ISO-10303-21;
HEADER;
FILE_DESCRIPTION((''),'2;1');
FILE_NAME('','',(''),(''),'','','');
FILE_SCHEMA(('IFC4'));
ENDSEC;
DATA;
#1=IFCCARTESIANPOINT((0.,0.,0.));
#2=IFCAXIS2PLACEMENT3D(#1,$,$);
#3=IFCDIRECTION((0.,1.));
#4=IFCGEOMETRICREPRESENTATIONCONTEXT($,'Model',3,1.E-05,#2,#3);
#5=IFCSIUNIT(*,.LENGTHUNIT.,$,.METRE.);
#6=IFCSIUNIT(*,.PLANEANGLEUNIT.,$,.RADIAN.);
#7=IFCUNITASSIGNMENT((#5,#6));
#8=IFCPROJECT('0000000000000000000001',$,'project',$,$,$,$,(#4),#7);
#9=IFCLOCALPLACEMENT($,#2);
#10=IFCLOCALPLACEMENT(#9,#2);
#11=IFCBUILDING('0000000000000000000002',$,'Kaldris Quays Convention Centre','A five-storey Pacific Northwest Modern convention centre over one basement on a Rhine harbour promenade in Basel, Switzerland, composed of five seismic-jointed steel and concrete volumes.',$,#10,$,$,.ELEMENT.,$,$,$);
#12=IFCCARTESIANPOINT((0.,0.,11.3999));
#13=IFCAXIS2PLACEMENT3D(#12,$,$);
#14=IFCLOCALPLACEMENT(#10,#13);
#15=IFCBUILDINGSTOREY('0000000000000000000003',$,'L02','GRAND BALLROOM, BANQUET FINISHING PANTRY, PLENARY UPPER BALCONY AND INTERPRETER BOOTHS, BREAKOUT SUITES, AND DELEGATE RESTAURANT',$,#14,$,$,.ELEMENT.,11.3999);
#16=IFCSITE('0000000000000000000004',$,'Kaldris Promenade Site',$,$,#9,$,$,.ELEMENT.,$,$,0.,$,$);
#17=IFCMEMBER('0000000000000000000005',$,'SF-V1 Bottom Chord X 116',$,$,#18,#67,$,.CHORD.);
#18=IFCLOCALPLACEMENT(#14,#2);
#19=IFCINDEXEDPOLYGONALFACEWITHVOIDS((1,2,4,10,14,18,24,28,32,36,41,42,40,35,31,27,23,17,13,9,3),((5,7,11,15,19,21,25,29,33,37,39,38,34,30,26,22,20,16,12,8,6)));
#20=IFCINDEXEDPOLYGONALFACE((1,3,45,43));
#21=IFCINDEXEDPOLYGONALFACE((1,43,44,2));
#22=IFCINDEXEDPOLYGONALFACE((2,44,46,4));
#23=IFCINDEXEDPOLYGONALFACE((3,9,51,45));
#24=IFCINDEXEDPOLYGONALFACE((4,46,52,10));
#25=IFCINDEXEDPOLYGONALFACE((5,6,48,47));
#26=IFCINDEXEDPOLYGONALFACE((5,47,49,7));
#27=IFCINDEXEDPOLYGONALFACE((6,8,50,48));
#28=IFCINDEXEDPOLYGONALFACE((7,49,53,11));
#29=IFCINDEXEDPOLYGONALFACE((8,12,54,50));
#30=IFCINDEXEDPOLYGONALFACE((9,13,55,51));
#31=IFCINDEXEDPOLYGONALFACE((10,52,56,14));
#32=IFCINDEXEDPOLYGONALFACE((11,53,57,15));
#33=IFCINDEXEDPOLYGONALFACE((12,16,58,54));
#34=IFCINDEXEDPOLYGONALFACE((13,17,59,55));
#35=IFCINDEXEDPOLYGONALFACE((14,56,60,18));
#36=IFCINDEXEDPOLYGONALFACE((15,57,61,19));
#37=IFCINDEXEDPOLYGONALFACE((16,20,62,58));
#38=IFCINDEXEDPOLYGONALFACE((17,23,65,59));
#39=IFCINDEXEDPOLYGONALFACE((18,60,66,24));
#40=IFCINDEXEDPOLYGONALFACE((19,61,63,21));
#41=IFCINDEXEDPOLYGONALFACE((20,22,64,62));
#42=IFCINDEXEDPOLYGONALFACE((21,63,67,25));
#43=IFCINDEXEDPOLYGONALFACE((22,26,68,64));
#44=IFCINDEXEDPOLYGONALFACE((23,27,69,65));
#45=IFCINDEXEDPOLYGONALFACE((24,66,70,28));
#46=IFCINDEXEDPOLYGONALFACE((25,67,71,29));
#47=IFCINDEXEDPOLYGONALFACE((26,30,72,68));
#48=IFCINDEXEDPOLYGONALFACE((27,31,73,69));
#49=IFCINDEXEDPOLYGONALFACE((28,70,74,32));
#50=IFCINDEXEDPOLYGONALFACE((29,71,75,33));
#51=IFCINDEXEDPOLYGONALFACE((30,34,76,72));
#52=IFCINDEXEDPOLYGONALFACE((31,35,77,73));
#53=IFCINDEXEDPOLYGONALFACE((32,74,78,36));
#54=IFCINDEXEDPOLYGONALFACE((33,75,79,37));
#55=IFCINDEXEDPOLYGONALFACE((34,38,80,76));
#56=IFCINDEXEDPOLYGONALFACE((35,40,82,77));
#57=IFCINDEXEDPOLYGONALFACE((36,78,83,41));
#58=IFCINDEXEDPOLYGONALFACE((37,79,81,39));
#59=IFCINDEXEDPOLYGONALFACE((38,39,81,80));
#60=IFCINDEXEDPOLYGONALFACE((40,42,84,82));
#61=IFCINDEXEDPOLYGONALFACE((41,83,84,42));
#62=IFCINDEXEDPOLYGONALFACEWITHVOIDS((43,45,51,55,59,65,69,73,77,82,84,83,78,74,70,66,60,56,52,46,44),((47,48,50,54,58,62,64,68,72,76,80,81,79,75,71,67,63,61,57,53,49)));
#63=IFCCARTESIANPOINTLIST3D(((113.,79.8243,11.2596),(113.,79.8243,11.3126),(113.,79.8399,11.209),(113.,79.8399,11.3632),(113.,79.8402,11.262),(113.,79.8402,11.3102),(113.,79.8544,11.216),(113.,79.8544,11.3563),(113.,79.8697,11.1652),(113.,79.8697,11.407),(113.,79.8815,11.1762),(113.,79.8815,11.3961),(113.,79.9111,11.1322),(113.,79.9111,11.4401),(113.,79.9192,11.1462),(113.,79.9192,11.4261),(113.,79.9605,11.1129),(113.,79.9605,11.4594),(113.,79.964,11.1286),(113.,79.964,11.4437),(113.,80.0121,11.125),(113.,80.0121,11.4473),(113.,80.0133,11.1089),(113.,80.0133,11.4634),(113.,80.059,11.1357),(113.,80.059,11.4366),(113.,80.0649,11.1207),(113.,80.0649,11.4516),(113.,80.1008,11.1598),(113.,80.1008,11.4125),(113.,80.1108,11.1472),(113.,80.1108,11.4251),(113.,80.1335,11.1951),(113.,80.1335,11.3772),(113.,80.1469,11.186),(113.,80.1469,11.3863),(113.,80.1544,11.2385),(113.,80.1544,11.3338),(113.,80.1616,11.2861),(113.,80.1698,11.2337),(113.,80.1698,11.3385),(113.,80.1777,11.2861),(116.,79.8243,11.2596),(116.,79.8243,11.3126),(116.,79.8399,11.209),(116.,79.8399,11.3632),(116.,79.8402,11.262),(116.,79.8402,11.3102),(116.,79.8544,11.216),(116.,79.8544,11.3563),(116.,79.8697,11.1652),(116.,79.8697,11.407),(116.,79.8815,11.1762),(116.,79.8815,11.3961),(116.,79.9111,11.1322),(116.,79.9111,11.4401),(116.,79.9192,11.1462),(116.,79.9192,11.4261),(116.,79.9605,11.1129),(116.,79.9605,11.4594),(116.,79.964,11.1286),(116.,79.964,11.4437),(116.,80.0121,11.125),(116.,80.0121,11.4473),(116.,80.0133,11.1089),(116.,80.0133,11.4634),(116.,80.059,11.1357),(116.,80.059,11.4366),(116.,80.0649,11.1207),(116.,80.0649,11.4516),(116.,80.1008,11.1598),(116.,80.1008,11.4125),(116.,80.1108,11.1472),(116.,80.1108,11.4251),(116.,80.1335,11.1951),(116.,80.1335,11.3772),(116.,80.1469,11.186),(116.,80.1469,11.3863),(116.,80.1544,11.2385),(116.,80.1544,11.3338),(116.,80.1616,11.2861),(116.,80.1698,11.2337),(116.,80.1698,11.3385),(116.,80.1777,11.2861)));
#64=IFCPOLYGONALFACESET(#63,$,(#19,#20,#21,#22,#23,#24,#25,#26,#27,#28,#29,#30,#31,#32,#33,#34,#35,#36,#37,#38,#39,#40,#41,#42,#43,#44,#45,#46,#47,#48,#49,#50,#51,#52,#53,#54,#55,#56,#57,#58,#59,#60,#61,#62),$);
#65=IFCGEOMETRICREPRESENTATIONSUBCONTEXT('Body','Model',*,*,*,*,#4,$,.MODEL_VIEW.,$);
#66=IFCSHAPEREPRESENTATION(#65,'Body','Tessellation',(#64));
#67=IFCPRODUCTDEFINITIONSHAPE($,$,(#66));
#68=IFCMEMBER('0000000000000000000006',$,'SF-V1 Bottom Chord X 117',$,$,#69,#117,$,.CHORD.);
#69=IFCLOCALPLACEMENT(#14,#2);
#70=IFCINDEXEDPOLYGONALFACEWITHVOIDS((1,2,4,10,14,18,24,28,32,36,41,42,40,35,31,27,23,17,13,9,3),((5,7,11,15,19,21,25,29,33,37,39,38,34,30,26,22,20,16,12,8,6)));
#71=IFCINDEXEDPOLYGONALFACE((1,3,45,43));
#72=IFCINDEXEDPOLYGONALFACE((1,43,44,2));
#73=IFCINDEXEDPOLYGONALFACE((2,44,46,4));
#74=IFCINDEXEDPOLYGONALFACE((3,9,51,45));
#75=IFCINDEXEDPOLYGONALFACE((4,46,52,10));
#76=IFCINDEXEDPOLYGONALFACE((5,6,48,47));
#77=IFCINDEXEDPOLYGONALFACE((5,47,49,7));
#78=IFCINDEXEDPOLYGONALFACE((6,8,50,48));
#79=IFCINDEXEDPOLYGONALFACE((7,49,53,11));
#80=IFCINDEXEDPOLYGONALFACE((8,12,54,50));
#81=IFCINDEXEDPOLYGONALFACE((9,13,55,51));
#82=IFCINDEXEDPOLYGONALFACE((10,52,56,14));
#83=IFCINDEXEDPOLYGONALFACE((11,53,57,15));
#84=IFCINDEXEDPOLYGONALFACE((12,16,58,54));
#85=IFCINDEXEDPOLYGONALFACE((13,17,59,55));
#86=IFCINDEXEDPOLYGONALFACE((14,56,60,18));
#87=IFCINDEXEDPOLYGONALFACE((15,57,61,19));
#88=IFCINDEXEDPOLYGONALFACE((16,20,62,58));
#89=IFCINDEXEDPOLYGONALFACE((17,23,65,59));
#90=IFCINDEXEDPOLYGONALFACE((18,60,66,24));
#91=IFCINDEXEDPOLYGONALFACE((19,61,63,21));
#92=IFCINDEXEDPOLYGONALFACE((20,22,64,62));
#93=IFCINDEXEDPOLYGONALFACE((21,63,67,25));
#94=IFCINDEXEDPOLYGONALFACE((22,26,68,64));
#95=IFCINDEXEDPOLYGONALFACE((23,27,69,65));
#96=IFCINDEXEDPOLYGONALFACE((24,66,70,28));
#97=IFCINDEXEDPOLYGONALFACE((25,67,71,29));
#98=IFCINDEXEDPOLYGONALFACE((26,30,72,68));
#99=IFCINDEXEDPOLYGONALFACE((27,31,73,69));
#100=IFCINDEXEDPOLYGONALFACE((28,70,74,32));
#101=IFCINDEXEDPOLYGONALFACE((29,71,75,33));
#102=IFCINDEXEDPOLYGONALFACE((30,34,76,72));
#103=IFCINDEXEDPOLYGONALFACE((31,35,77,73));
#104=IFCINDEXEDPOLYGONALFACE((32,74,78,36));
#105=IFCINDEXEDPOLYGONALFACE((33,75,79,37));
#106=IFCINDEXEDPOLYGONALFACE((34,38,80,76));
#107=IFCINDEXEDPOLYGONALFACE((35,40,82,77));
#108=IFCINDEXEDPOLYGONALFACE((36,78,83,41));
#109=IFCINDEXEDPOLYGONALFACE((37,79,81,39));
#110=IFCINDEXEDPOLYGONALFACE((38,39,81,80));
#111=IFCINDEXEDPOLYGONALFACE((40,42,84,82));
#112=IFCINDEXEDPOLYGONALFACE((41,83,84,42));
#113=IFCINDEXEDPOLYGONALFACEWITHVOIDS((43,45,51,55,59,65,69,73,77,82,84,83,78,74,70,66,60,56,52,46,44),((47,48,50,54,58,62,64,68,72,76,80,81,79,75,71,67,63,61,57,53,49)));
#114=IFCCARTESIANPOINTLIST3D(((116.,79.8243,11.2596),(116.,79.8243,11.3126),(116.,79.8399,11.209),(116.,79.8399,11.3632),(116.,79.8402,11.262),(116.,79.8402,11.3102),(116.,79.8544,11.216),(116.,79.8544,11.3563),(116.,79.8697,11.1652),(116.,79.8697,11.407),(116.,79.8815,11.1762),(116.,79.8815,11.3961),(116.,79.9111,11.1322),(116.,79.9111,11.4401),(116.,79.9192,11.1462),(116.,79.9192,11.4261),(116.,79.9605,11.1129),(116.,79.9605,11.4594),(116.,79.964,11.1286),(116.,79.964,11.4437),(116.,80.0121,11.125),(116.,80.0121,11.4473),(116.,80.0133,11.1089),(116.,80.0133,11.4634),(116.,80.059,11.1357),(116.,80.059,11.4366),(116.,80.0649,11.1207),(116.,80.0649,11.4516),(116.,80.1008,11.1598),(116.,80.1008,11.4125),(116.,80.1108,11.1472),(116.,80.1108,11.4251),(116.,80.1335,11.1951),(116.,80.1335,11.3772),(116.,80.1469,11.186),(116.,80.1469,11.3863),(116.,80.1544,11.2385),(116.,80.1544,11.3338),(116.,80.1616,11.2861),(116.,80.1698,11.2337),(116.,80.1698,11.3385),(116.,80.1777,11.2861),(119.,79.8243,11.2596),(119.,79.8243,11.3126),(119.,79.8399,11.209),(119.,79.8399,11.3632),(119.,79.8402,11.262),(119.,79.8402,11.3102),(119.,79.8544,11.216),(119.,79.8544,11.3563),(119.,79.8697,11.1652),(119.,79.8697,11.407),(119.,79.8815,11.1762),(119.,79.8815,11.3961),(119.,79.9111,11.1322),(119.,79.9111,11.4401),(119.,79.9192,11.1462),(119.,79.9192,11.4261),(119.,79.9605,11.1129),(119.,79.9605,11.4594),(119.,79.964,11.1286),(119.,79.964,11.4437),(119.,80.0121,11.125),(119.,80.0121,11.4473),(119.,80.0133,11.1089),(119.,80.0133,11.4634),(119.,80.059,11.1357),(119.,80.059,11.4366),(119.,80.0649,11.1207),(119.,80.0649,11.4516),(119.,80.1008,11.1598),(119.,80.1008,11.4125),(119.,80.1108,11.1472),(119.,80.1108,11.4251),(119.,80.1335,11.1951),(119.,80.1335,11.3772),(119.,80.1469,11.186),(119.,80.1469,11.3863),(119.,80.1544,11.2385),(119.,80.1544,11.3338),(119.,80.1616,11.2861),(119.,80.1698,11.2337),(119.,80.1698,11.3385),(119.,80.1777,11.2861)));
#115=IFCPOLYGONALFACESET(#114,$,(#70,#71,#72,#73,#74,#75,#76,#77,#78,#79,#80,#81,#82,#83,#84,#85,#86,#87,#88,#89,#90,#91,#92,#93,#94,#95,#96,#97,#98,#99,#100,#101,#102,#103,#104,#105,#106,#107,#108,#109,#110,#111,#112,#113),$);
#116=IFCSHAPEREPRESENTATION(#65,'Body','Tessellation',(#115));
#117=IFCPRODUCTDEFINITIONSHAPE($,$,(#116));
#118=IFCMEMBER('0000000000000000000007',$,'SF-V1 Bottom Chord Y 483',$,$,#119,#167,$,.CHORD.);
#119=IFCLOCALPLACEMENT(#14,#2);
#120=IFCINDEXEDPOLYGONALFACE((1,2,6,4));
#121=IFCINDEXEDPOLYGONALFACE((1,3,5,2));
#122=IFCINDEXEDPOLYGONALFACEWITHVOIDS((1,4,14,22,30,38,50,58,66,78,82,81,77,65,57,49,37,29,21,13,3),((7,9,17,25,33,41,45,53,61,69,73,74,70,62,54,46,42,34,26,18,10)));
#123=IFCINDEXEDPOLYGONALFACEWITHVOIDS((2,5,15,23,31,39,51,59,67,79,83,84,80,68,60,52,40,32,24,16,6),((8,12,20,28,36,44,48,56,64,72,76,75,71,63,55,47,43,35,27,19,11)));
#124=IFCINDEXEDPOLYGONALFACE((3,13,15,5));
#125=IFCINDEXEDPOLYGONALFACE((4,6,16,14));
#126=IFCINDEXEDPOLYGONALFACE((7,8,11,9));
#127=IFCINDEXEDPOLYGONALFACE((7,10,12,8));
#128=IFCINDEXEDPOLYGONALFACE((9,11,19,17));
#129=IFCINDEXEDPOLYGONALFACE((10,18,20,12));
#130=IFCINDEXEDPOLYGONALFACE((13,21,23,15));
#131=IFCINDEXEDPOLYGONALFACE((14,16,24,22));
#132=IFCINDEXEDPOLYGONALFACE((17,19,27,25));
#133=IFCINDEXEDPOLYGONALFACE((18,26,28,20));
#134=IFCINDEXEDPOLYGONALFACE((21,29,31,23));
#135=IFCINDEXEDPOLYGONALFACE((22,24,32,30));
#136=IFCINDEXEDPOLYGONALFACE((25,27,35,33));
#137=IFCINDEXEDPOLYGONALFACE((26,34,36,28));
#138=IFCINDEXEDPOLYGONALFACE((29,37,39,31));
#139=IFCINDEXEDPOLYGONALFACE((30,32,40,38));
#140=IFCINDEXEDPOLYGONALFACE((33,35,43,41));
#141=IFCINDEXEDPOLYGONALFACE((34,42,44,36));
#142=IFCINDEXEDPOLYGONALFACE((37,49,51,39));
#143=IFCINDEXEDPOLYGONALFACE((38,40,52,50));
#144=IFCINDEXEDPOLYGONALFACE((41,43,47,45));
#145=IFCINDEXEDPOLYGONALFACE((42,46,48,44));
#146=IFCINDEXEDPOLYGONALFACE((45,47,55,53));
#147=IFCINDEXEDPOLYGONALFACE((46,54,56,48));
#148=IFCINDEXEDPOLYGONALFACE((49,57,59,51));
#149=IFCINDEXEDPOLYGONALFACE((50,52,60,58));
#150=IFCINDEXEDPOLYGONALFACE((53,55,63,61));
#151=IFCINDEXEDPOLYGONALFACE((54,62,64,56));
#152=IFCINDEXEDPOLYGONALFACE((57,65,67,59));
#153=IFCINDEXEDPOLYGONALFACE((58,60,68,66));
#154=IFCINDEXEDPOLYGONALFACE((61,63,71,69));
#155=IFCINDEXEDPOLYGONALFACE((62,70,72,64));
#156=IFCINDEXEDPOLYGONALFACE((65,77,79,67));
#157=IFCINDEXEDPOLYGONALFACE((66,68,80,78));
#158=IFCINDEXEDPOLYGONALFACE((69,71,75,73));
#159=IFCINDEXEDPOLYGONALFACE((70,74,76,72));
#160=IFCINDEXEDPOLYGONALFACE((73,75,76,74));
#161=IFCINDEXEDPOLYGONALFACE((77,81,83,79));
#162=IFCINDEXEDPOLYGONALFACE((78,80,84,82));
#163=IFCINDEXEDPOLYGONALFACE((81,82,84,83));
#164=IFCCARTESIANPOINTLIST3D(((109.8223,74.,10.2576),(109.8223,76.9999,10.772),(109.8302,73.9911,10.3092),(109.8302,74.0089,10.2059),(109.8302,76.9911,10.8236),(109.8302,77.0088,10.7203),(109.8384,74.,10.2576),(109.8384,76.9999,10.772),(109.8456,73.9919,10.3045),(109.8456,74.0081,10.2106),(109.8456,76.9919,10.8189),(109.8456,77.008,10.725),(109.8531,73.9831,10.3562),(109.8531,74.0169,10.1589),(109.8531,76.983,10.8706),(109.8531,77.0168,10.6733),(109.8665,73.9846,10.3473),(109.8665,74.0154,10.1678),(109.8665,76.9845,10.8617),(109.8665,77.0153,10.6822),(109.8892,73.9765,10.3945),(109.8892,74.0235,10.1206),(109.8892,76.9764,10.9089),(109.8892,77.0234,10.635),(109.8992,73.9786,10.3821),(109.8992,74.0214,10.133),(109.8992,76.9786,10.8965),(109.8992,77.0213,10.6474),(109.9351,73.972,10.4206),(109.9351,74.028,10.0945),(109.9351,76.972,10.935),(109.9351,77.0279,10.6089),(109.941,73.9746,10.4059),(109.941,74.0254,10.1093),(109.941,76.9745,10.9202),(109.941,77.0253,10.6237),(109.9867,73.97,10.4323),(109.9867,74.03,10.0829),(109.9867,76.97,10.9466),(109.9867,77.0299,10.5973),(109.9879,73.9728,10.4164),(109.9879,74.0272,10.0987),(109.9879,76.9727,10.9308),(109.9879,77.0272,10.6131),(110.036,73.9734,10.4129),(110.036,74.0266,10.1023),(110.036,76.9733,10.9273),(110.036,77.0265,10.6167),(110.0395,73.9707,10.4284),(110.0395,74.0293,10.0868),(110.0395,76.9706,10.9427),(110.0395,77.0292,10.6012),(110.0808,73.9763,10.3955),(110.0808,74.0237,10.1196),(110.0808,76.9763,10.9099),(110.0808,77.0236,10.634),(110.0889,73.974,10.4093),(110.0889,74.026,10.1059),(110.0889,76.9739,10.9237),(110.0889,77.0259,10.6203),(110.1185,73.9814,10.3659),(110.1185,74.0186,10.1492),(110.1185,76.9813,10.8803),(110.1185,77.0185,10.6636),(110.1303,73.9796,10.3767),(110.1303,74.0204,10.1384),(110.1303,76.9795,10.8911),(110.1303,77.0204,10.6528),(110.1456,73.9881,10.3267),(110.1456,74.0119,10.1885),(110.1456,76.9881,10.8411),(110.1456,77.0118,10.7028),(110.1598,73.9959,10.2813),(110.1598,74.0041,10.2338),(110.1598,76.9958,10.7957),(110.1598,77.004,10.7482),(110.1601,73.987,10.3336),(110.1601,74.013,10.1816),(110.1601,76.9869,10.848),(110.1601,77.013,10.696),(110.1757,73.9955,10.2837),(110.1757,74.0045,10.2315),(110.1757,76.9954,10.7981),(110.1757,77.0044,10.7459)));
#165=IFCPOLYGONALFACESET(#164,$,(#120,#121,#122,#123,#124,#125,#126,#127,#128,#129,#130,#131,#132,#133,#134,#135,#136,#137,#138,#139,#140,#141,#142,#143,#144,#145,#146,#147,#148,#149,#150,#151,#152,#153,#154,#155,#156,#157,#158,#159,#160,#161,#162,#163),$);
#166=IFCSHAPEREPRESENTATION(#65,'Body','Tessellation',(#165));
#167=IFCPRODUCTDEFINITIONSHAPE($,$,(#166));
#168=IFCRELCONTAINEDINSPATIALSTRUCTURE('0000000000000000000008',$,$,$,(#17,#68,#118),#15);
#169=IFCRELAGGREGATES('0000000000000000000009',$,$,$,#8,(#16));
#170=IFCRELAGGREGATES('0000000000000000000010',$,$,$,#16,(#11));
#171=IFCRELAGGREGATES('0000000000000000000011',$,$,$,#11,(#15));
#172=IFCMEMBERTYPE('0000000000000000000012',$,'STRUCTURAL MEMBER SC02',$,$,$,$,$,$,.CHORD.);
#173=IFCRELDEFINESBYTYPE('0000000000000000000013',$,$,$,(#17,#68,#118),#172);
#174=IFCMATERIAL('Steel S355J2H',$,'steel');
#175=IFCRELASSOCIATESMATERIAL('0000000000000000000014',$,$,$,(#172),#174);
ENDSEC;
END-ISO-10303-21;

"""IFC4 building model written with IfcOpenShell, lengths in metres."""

from ifc_helpers import new_model, si_unit, direction, frame, origin, origin_2d, place, context, subcontext, project, spatial, hollow_circle, extrude, material, material_profile, profile_set, type_object, element, save


model = new_model("IFC4")

# Units and contexts
model_context = context("Model", 3, precision=1e-05, world=origin(), true_north=direction((0.0, 1.0)))
body_context = subcontext(model_context, "Body", "Model", "MODEL_VIEW")
ifc_project = project(units=[si_unit("LENGTHUNIT", "METRE"), si_unit("PLANEANGLEUNIT", "RADIAN")], contexts=[model_context])

# Site, building, storey
site_placement = place(None, origin())
site = spatial("IfcSite", under=ifc_project, at=site_placement, Name="Kaldris Promenade Site", CompositionType="ELEMENT", RefElevation=0.0)
building_placement = place(site_placement, origin())
building = spatial("IfcBuilding", under=site, at=building_placement, Name="Kaldris Quays Convention Centre", Description="A five-storey Pacific Northwest Modern convention centre over one basement on a Rhine harbour promenade in Basel, Switzerland, composed of five seismic-jointed steel and concrete volumes.", CompositionType="ELEMENT")
storey_placement = place(building_placement, frame((0.0, 0.0, 11.3999)))
storey = spatial("IfcBuildingStorey", under=building, at=storey_placement, Name="L02", Description="GRAND BALLROOM, BANQUET FINISHING PANTRY, PLENARY UPPER BALCONY AND INTERPRETER BOOTHS, BREAKOUT SUITES, AND DELEGATE RESTAURANT", CompositionType="ELEMENT", Elevation=11.3999)

# Members
ifc_material_1 = material(Name="Steel S355J2H", Category="steel")
ifc_material_profile_1 = material_profile(ifc_material_1, hollow_circle(Radius=0.1777, WallThickness=0.0161, at=origin_2d()), Name="CHS 355.6x16")
ifc_profile_set_1 = profile_set([ifc_material_profile_1], Name="Steel S355J2H")
member_type_1 = type_object("IfcMemberType", Name="STRUCTURAL MEMBER SC02", PredefinedType="CHORD", material=ifc_profile_set_1)
for number, where, z_axis, x_axis, name in (
    (1, (113.0, 80.0, 11.2861), (1.0, 0.0, 0.0), (0.0, 1.0, 0.0), "SF-V1 Bottom Chord X 116"),
    (2, (116.0, 80.0, 11.2861), (1.0, 0.0, 0.0), (0.0, 1.0, 0.0), "SF-V1 Bottom Chord X 117"),
):
    element("IfcMember", number, at=place(storey_placement, frame(where, z_axis=z_axis, x_axis=x_axis)), inside=storey, type_object=member_type_1, Name=name, PredefinedType="CHORD", context=body_context, shape_type="SweptSolid", body=[
        extrude(hollow_circle(Radius=0.1777, WallThickness=0.0161, at=origin_2d()), origin(), (0.0, 0.0, 1.0), 3.0),
    ])
for number, where, z_axis, x_axis, name in (
    (3, (110.0, 74.0, 10.2576), (0.0, 0.985616, 0.169002), (-1.0, 0.0, 0.0), "SF-V1 Bottom Chord Y 483"),
):
    element("IfcMember", number, at=place(storey_placement, frame(where, z_axis=z_axis, x_axis=x_axis)), inside=storey, type_object=member_type_1, Name=name, PredefinedType="CHORD", context=body_context, shape_type="SweptSolid", body=[
        extrude(hollow_circle(Radius=0.1777, WallThickness=0.0161, at=origin_2d()), origin(), (0.0, 0.0, 1.0), 3.0437),
    ])

save(model, "model.ifc")
